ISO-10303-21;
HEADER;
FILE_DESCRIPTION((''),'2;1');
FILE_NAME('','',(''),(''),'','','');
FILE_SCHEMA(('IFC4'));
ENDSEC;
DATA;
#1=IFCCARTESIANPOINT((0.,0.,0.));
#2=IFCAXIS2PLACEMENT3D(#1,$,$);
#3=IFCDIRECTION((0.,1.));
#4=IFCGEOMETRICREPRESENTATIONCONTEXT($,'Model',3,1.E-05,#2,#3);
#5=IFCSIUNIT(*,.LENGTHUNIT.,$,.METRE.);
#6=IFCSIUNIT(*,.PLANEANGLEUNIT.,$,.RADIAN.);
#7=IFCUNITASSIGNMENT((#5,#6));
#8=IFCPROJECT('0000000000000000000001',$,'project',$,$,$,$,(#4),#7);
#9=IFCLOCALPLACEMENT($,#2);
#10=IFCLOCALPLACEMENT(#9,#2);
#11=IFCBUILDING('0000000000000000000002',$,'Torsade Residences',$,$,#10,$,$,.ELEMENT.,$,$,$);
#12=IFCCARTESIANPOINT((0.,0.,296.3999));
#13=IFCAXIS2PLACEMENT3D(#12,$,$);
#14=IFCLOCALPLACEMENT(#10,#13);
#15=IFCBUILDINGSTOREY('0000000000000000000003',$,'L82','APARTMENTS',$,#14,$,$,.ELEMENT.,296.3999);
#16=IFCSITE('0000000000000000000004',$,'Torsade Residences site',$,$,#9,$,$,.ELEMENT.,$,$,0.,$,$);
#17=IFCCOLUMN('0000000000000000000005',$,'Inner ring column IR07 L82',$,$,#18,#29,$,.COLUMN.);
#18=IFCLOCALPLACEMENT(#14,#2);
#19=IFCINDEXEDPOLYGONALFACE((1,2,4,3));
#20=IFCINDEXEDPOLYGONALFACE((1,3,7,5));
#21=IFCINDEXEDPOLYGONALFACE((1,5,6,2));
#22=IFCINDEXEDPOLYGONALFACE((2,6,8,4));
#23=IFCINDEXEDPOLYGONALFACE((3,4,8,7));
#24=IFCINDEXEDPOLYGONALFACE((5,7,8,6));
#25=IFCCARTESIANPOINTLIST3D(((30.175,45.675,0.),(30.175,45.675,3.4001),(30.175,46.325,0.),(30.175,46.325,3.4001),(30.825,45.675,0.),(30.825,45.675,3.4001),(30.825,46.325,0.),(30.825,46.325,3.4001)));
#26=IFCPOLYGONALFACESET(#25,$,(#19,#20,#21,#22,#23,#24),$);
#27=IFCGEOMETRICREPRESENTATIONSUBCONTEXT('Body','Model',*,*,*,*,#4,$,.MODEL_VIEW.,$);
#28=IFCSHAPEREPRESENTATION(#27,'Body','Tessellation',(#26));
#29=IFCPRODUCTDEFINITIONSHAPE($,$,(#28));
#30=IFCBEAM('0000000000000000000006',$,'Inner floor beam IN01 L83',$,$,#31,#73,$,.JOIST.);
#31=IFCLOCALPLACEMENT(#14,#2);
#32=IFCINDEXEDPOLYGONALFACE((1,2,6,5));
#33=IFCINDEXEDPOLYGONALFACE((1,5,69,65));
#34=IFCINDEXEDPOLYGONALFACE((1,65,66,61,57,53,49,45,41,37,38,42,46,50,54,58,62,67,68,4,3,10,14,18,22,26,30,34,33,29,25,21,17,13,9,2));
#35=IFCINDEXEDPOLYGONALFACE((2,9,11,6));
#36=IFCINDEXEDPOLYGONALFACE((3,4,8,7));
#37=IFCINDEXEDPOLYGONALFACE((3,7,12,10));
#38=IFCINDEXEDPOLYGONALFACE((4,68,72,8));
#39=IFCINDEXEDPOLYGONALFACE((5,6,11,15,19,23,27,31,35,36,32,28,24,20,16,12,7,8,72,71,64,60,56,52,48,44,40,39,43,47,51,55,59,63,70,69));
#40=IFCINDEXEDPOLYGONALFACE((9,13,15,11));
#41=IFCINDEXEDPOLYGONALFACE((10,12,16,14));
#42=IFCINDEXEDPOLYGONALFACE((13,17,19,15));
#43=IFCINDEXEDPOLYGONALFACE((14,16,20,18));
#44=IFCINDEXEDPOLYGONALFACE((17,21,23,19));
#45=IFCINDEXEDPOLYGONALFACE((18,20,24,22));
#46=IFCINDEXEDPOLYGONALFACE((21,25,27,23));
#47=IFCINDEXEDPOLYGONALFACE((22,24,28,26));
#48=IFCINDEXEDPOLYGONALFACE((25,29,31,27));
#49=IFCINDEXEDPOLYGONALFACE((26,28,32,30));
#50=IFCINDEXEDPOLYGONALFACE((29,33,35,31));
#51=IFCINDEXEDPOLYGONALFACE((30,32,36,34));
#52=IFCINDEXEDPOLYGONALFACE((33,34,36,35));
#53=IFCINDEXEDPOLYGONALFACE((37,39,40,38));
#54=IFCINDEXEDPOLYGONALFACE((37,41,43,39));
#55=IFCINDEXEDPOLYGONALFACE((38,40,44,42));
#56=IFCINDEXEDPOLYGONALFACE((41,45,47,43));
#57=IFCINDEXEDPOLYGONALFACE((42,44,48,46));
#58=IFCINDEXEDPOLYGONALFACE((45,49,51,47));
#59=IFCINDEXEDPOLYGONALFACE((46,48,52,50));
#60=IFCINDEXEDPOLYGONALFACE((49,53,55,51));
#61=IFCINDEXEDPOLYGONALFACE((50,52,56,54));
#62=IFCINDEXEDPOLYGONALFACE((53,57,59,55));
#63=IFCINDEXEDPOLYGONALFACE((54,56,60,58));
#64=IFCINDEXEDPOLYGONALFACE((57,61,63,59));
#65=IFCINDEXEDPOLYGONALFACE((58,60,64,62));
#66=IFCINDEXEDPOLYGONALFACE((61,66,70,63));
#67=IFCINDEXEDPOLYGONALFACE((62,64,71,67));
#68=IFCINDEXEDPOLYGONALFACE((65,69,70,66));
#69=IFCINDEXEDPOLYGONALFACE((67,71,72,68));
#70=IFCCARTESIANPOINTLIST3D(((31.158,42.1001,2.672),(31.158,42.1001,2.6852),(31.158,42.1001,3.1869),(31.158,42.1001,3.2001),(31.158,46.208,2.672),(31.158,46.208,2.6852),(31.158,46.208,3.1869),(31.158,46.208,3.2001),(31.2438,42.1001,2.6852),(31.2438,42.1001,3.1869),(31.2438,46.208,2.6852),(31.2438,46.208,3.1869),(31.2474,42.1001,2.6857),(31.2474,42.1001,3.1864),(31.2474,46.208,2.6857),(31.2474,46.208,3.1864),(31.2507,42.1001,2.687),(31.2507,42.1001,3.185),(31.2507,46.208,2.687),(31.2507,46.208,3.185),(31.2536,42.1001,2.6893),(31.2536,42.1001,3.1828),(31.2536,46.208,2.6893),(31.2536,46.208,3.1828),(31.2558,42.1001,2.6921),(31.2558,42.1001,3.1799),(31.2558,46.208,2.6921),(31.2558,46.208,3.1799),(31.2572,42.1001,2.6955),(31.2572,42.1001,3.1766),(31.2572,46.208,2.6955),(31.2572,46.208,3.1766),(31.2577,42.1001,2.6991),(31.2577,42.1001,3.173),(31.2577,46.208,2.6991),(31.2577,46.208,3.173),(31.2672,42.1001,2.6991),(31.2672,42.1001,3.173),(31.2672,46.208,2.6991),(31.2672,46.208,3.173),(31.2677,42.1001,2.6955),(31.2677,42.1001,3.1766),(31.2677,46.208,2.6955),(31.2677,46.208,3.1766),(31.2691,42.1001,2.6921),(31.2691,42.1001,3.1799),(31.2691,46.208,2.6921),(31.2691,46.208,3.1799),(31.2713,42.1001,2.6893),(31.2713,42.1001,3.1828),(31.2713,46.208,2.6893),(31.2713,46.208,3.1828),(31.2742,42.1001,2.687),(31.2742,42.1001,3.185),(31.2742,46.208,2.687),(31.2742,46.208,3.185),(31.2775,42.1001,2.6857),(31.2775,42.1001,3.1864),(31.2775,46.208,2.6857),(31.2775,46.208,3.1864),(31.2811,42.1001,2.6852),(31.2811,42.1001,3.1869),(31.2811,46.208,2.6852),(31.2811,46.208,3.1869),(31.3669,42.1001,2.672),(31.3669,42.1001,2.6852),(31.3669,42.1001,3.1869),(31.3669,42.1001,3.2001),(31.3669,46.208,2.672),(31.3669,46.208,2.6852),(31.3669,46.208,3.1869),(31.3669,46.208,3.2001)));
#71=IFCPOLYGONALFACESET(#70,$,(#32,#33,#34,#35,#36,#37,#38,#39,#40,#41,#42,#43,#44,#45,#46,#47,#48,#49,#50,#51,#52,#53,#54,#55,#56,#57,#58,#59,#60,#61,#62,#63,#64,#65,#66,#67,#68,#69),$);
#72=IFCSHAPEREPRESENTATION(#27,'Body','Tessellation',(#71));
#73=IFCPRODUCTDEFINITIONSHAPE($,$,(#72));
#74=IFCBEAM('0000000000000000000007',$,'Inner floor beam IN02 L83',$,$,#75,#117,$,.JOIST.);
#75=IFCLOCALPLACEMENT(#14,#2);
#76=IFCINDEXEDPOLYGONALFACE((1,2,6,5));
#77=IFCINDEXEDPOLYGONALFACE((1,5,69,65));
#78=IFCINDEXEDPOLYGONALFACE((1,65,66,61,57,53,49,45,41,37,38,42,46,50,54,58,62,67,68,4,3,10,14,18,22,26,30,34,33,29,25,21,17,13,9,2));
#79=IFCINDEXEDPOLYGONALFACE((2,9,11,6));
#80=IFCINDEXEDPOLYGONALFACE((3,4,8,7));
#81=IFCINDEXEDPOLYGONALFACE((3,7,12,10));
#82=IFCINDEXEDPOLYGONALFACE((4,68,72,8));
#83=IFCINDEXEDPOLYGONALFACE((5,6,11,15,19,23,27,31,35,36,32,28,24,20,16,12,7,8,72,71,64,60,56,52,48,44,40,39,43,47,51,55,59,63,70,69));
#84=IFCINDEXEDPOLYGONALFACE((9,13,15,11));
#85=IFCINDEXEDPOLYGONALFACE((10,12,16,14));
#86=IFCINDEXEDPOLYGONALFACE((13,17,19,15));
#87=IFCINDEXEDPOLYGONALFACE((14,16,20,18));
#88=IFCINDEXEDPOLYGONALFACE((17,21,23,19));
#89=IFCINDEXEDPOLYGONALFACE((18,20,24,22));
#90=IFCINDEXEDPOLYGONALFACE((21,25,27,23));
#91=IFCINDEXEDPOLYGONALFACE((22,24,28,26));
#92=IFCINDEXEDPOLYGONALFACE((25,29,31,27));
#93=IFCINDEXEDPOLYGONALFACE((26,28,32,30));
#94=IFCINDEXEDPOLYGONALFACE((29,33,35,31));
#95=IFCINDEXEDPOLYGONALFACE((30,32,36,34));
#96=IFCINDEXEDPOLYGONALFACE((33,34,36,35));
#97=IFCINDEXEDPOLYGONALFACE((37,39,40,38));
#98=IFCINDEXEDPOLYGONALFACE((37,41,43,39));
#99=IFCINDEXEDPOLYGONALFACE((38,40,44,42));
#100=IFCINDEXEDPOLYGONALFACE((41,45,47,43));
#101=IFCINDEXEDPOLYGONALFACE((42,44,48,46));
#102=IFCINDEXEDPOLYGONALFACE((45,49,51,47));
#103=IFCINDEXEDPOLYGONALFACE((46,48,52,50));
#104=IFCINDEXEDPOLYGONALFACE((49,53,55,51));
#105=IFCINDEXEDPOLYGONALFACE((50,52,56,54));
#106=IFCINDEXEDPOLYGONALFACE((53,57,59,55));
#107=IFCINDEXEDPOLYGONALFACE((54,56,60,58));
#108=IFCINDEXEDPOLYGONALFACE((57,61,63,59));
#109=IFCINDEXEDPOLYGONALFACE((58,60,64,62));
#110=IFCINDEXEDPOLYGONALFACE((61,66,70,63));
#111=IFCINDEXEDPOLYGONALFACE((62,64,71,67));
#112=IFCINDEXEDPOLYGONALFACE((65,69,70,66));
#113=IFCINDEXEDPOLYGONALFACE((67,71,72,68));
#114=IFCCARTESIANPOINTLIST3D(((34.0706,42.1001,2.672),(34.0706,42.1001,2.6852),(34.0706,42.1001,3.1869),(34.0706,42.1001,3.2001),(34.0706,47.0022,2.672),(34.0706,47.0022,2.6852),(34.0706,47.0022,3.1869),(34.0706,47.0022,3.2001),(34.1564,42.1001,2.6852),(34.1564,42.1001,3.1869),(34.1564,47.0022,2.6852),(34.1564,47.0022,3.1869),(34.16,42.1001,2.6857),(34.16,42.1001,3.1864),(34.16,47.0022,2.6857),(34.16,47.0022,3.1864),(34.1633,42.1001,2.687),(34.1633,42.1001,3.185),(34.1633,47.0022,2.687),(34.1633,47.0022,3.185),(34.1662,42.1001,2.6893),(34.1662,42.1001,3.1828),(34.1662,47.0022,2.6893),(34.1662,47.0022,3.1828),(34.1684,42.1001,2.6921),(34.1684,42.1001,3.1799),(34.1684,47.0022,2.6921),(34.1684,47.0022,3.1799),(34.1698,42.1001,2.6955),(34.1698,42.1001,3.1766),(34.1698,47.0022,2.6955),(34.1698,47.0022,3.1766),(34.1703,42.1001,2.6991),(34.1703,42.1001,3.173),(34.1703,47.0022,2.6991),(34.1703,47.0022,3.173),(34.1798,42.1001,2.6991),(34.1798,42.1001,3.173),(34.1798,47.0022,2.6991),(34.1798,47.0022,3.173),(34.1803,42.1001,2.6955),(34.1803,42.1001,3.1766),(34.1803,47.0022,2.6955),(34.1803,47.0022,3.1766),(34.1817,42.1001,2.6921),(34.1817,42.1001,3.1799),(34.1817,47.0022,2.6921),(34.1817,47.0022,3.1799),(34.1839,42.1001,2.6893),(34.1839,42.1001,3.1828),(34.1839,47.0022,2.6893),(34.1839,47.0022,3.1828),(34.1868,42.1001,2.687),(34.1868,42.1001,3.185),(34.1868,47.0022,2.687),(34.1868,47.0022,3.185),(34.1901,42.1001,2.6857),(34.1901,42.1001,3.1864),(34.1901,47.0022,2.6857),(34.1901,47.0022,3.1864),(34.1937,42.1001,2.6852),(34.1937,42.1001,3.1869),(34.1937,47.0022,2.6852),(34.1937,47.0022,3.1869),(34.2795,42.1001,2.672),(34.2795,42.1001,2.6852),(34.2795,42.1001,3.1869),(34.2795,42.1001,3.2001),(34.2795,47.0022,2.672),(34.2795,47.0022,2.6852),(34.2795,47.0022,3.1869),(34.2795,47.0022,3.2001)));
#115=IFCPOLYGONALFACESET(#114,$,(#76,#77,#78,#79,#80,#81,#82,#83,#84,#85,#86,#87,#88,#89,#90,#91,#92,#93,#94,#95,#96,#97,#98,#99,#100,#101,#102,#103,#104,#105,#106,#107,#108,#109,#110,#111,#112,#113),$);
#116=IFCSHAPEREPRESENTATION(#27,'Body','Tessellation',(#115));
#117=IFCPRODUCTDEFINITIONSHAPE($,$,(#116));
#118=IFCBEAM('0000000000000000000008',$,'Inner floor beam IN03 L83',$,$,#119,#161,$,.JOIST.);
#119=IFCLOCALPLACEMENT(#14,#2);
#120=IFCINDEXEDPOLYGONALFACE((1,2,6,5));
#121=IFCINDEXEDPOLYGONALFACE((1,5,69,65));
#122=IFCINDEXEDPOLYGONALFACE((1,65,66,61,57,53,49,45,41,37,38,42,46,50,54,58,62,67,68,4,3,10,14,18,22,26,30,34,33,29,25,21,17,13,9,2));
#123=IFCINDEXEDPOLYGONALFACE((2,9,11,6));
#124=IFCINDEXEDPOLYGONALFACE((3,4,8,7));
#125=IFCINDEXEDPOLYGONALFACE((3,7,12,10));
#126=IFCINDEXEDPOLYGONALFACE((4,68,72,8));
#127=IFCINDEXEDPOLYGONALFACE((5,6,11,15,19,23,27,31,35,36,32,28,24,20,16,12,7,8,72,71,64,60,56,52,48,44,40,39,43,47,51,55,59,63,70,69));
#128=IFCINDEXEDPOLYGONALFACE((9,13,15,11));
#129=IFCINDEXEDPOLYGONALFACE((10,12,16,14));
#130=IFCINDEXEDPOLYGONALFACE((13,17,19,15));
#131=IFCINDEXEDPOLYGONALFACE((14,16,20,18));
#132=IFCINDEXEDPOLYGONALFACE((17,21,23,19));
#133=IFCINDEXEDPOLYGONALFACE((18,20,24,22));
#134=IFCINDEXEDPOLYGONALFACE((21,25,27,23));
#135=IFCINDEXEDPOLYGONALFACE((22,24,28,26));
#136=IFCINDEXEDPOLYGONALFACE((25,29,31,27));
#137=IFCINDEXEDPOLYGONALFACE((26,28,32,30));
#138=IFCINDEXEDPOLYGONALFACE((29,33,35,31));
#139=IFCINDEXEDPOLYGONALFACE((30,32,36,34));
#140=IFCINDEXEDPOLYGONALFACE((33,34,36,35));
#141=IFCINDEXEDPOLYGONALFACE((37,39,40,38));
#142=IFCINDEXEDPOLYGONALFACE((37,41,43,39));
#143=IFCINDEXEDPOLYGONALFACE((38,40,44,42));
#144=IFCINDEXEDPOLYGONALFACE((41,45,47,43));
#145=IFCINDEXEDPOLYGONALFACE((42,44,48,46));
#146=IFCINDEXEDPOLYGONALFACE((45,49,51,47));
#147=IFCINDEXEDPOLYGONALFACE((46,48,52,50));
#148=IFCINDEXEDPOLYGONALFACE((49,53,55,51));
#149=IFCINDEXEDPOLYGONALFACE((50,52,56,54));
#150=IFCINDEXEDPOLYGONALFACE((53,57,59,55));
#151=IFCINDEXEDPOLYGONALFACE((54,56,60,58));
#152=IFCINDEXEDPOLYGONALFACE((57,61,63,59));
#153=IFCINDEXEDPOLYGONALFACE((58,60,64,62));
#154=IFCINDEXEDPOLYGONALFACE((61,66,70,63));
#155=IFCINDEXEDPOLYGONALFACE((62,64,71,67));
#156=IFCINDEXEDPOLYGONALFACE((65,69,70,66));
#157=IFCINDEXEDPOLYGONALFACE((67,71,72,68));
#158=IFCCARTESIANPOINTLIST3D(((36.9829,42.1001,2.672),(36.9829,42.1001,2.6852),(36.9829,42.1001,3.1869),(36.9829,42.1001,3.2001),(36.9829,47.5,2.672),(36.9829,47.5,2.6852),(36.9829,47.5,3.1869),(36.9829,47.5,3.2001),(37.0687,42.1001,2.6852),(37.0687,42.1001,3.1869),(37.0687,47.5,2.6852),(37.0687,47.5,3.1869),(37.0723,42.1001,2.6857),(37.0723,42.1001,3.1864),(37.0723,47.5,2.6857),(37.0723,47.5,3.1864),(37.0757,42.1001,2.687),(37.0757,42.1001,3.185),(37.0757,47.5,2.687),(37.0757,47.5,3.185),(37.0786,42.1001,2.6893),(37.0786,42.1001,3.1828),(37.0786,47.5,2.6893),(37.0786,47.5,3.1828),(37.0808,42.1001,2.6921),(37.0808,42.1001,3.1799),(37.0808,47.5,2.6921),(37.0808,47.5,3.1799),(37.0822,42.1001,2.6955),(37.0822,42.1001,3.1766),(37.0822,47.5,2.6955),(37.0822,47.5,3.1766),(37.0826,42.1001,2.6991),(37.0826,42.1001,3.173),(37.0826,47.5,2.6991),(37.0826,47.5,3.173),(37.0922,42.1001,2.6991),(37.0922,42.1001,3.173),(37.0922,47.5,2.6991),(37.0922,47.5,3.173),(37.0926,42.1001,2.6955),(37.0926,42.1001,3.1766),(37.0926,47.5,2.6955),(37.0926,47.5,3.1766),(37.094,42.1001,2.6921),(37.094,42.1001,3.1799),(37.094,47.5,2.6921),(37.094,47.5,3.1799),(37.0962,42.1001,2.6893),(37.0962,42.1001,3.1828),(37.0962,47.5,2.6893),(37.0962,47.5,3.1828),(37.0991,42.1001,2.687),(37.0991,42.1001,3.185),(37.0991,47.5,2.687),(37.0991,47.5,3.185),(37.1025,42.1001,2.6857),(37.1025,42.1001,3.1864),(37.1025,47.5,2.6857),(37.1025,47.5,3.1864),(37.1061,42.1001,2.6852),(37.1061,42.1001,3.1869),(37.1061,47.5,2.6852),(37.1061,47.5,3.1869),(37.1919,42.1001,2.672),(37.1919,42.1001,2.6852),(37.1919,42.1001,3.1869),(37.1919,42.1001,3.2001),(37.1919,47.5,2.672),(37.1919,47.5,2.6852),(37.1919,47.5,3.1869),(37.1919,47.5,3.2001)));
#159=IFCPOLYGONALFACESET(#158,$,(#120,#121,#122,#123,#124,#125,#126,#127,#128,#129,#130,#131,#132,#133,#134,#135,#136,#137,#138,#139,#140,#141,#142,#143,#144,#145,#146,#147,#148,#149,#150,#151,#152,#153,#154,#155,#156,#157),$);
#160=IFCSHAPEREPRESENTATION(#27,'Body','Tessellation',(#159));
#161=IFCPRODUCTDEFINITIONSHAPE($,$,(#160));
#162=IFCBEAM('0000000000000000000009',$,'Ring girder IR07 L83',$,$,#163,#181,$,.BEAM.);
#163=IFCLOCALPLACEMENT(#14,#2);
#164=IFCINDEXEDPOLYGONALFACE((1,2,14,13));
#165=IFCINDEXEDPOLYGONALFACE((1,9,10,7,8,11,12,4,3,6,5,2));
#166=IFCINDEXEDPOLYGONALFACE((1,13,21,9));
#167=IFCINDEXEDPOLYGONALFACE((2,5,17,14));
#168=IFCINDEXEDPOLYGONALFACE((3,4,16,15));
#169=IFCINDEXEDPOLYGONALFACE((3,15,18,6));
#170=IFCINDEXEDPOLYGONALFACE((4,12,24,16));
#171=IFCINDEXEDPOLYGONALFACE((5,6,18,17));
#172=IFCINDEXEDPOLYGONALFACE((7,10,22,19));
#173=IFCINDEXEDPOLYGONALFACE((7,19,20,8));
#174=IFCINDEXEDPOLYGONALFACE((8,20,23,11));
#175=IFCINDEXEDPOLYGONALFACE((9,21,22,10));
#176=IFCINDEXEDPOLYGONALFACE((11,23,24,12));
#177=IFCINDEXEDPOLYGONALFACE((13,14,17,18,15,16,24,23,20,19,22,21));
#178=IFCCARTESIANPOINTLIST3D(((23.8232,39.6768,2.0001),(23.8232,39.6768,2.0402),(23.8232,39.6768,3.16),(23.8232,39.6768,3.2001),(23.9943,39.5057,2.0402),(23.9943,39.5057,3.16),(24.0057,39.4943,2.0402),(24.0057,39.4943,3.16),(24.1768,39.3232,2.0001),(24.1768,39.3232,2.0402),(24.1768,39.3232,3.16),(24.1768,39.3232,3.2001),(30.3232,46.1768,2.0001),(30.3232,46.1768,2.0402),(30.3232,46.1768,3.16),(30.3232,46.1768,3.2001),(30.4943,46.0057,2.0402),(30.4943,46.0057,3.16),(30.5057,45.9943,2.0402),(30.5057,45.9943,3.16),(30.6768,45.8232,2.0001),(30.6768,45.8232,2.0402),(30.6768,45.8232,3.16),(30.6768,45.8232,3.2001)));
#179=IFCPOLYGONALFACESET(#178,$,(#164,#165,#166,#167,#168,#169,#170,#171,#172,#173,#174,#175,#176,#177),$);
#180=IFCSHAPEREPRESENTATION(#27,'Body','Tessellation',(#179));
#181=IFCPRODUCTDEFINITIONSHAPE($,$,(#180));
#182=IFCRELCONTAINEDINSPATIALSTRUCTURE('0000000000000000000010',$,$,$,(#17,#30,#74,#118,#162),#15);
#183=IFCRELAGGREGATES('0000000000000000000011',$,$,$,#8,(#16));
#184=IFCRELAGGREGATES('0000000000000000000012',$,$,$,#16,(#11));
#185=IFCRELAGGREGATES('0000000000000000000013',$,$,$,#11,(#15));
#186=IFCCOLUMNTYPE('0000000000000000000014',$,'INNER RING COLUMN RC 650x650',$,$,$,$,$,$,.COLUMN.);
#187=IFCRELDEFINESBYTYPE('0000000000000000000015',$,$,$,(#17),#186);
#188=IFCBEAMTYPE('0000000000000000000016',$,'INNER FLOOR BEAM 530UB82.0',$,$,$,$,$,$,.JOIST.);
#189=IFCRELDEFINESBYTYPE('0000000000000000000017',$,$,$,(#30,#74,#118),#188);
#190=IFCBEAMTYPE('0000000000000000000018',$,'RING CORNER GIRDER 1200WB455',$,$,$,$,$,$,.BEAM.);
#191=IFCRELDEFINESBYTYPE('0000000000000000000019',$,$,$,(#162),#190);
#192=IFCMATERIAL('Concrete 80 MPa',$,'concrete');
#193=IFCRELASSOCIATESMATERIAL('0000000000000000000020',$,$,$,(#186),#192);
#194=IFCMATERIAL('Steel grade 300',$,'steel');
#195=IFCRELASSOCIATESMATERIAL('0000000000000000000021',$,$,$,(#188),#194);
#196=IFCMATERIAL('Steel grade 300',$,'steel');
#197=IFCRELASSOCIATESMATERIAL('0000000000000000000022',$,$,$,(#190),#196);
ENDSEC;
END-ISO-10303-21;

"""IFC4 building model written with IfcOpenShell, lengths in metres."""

from ifc_helpers import new_model, si_unit, direction, frame, origin, origin_2d, place, context, subcontext, project, spatial, rectangle, i_section, extrude, material, material_profile, profile_set, type_object, element, save


model = new_model("IFC4")

# Units and contexts
model_context = context("Model", 3, precision=1e-05, world=origin(), true_north=direction((0.0, 1.0)))
body_context = subcontext(model_context, "Body", "Model", "MODEL_VIEW")
ifc_project = project(units=[si_unit("LENGTHUNIT", "METRE"), si_unit("PLANEANGLEUNIT", "RADIAN")], contexts=[model_context])

# Site, building, storey
site_placement = place(None, origin())
site = spatial("IfcSite", under=ifc_project, at=site_placement, Name="Torsade Residences site", CompositionType="ELEMENT", RefElevation=0.0)
building_placement = place(site_placement, origin())
building = spatial("IfcBuilding", under=site, at=building_placement, Name="Torsade Residences", CompositionType="ELEMENT")
storey_placement = place(building_placement, frame((0.0, 0.0, 296.3999)))
storey = spatial("IfcBuildingStorey", under=building, at=storey_placement, Name="L82", Description="APARTMENTS", CompositionType="ELEMENT", Elevation=296.3999)

# Column
ifc_material_1 = material(Name="Concrete 80 MPa", Category="concrete")
ifc_material_profile_1 = material_profile(ifc_material_1, rectangle(XDim=0.6499, YDim=0.6499, at=origin_2d()), Name="RC 650x650")
ifc_profile_set_1 = profile_set([ifc_material_profile_1], Name="Concrete 80 MPa")
column_type = type_object("IfcColumnType", Name="INNER RING COLUMN RC 650x650", PredefinedType="COLUMN", material=ifc_profile_set_1)
column_placement = place(storey_placement, frame((30.5, 46.0, 0.0), z_axis=(0.0, 0.0, 1.0), x_axis=(1.0, 0.0, 0.0)))
element("IfcColumn", 1, at=column_placement, inside=storey, type_object=column_type, Name="Inner ring column IR07 L82", PredefinedType="COLUMN", context=body_context, shape_type="SweptSolid", body=[
    extrude(rectangle(XDim=0.6499, YDim=0.6499, at=origin_2d()), origin(), (0.0, 0.0, 1.0), 3.4001),
])

# Beams
ifc_material_2 = material(Name="Steel grade 300", Category="steel")
ifc_material_profile_2 = material_profile(ifc_material_2, i_section(OverallWidth=0.209, OverallDepth=0.5281, WebThickness=0.0095, FlangeThickness=0.0132, FilletRadius=0.0139, at=origin_2d()), Name="530UB82.0")
ifc_profile_set_2 = profile_set([ifc_material_profile_2], Name="Steel grade 300")
beam_type_1 = type_object("IfcBeamType", Name="INNER FLOOR BEAM 530UB82.0", PredefinedType="JOIST", material=ifc_profile_set_2)
beam_1_placement = place(storey_placement, frame((31.2625, 42.1001, 2.936), z_axis=(0.0, 1.0, 0.0), x_axis=(-1.0, 0.0, 0.0)))
element("IfcBeam", 2, at=beam_1_placement, inside=storey, type_object=beam_type_1, Name="Inner floor beam IN01 L83", PredefinedType="JOIST", context=body_context, shape_type="SweptSolid", body=[
    extrude(i_section(OverallWidth=0.209, OverallDepth=0.5281, WebThickness=0.0095, FlangeThickness=0.0132, FilletRadius=0.0139, at=origin_2d()), origin(), (0.0, 0.0, 1.0), 4.1079),
])
beam_2_placement = place(storey_placement, frame((34.175, 42.1001, 2.936), z_axis=(0.0, 1.0, 0.0), x_axis=(-1.0, 0.0, 0.0)))
element("IfcBeam", 3, at=beam_2_placement, inside=storey, type_object=beam_type_1, Name="Inner floor beam IN02 L83", PredefinedType="JOIST", context=body_context, shape_type="SweptSolid", body=[
    extrude(i_section(OverallWidth=0.209, OverallDepth=0.5281, WebThickness=0.0095, FlangeThickness=0.0132, FilletRadius=0.0139, at=origin_2d()), origin(), (0.0, 0.0, 1.0), 4.9021),
])
beam_3_placement = place(storey_placement, frame((37.0874, 42.1001, 2.936), z_axis=(0.0, 1.0, 0.0), x_axis=(-1.0, 0.0, 0.0)))
element("IfcBeam", 4, at=beam_3_placement, inside=storey, type_object=beam_type_1, Name="Inner floor beam IN03 L83", PredefinedType="JOIST", context=body_context, shape_type="SweptSolid", body=[
    extrude(i_section(OverallWidth=0.209, OverallDepth=0.5281, WebThickness=0.0095, FlangeThickness=0.0132, FilletRadius=0.0139, at=origin_2d()), origin(), (0.0, 0.0, 1.0), 5.3999),
])
ifc_material_3 = material(Name="Steel grade 300", Category="steel")
ifc_material_profile_3 = material_profile(ifc_material_3, i_section(OverallWidth=0.5, OverallDepth=1.2, WebThickness=0.0161, FlangeThickness=0.04, at=origin_2d()), Name="1200WB455")
ifc_profile_set_3 = profile_set([ifc_material_profile_3], Name="Steel grade 300")
beam_type_2 = type_object("IfcBeamType", Name="RING CORNER GIRDER 1200WB455", PredefinedType="BEAM", material=ifc_profile_set_3)
beam_4_placement = place(storey_placement, frame((30.5, 46.0, 2.6001), z_axis=(-0.707107, -0.707107, 0.0), x_axis=(0.707107, -0.707107, 0.0)))
element("IfcBeam", 5, at=beam_4_placement, inside=storey, type_object=beam_type_2, Name="Ring girder IR07 L83", PredefinedType="BEAM", context=body_context, shape_type="SweptSolid", body=[
    extrude(i_section(OverallWidth=0.5, OverallDepth=1.2, WebThickness=0.0161, FlangeThickness=0.04, at=origin_2d()), origin(), (0.0, 0.0, 1.0), 9.1924),
])

save(model, "model.ifc")
